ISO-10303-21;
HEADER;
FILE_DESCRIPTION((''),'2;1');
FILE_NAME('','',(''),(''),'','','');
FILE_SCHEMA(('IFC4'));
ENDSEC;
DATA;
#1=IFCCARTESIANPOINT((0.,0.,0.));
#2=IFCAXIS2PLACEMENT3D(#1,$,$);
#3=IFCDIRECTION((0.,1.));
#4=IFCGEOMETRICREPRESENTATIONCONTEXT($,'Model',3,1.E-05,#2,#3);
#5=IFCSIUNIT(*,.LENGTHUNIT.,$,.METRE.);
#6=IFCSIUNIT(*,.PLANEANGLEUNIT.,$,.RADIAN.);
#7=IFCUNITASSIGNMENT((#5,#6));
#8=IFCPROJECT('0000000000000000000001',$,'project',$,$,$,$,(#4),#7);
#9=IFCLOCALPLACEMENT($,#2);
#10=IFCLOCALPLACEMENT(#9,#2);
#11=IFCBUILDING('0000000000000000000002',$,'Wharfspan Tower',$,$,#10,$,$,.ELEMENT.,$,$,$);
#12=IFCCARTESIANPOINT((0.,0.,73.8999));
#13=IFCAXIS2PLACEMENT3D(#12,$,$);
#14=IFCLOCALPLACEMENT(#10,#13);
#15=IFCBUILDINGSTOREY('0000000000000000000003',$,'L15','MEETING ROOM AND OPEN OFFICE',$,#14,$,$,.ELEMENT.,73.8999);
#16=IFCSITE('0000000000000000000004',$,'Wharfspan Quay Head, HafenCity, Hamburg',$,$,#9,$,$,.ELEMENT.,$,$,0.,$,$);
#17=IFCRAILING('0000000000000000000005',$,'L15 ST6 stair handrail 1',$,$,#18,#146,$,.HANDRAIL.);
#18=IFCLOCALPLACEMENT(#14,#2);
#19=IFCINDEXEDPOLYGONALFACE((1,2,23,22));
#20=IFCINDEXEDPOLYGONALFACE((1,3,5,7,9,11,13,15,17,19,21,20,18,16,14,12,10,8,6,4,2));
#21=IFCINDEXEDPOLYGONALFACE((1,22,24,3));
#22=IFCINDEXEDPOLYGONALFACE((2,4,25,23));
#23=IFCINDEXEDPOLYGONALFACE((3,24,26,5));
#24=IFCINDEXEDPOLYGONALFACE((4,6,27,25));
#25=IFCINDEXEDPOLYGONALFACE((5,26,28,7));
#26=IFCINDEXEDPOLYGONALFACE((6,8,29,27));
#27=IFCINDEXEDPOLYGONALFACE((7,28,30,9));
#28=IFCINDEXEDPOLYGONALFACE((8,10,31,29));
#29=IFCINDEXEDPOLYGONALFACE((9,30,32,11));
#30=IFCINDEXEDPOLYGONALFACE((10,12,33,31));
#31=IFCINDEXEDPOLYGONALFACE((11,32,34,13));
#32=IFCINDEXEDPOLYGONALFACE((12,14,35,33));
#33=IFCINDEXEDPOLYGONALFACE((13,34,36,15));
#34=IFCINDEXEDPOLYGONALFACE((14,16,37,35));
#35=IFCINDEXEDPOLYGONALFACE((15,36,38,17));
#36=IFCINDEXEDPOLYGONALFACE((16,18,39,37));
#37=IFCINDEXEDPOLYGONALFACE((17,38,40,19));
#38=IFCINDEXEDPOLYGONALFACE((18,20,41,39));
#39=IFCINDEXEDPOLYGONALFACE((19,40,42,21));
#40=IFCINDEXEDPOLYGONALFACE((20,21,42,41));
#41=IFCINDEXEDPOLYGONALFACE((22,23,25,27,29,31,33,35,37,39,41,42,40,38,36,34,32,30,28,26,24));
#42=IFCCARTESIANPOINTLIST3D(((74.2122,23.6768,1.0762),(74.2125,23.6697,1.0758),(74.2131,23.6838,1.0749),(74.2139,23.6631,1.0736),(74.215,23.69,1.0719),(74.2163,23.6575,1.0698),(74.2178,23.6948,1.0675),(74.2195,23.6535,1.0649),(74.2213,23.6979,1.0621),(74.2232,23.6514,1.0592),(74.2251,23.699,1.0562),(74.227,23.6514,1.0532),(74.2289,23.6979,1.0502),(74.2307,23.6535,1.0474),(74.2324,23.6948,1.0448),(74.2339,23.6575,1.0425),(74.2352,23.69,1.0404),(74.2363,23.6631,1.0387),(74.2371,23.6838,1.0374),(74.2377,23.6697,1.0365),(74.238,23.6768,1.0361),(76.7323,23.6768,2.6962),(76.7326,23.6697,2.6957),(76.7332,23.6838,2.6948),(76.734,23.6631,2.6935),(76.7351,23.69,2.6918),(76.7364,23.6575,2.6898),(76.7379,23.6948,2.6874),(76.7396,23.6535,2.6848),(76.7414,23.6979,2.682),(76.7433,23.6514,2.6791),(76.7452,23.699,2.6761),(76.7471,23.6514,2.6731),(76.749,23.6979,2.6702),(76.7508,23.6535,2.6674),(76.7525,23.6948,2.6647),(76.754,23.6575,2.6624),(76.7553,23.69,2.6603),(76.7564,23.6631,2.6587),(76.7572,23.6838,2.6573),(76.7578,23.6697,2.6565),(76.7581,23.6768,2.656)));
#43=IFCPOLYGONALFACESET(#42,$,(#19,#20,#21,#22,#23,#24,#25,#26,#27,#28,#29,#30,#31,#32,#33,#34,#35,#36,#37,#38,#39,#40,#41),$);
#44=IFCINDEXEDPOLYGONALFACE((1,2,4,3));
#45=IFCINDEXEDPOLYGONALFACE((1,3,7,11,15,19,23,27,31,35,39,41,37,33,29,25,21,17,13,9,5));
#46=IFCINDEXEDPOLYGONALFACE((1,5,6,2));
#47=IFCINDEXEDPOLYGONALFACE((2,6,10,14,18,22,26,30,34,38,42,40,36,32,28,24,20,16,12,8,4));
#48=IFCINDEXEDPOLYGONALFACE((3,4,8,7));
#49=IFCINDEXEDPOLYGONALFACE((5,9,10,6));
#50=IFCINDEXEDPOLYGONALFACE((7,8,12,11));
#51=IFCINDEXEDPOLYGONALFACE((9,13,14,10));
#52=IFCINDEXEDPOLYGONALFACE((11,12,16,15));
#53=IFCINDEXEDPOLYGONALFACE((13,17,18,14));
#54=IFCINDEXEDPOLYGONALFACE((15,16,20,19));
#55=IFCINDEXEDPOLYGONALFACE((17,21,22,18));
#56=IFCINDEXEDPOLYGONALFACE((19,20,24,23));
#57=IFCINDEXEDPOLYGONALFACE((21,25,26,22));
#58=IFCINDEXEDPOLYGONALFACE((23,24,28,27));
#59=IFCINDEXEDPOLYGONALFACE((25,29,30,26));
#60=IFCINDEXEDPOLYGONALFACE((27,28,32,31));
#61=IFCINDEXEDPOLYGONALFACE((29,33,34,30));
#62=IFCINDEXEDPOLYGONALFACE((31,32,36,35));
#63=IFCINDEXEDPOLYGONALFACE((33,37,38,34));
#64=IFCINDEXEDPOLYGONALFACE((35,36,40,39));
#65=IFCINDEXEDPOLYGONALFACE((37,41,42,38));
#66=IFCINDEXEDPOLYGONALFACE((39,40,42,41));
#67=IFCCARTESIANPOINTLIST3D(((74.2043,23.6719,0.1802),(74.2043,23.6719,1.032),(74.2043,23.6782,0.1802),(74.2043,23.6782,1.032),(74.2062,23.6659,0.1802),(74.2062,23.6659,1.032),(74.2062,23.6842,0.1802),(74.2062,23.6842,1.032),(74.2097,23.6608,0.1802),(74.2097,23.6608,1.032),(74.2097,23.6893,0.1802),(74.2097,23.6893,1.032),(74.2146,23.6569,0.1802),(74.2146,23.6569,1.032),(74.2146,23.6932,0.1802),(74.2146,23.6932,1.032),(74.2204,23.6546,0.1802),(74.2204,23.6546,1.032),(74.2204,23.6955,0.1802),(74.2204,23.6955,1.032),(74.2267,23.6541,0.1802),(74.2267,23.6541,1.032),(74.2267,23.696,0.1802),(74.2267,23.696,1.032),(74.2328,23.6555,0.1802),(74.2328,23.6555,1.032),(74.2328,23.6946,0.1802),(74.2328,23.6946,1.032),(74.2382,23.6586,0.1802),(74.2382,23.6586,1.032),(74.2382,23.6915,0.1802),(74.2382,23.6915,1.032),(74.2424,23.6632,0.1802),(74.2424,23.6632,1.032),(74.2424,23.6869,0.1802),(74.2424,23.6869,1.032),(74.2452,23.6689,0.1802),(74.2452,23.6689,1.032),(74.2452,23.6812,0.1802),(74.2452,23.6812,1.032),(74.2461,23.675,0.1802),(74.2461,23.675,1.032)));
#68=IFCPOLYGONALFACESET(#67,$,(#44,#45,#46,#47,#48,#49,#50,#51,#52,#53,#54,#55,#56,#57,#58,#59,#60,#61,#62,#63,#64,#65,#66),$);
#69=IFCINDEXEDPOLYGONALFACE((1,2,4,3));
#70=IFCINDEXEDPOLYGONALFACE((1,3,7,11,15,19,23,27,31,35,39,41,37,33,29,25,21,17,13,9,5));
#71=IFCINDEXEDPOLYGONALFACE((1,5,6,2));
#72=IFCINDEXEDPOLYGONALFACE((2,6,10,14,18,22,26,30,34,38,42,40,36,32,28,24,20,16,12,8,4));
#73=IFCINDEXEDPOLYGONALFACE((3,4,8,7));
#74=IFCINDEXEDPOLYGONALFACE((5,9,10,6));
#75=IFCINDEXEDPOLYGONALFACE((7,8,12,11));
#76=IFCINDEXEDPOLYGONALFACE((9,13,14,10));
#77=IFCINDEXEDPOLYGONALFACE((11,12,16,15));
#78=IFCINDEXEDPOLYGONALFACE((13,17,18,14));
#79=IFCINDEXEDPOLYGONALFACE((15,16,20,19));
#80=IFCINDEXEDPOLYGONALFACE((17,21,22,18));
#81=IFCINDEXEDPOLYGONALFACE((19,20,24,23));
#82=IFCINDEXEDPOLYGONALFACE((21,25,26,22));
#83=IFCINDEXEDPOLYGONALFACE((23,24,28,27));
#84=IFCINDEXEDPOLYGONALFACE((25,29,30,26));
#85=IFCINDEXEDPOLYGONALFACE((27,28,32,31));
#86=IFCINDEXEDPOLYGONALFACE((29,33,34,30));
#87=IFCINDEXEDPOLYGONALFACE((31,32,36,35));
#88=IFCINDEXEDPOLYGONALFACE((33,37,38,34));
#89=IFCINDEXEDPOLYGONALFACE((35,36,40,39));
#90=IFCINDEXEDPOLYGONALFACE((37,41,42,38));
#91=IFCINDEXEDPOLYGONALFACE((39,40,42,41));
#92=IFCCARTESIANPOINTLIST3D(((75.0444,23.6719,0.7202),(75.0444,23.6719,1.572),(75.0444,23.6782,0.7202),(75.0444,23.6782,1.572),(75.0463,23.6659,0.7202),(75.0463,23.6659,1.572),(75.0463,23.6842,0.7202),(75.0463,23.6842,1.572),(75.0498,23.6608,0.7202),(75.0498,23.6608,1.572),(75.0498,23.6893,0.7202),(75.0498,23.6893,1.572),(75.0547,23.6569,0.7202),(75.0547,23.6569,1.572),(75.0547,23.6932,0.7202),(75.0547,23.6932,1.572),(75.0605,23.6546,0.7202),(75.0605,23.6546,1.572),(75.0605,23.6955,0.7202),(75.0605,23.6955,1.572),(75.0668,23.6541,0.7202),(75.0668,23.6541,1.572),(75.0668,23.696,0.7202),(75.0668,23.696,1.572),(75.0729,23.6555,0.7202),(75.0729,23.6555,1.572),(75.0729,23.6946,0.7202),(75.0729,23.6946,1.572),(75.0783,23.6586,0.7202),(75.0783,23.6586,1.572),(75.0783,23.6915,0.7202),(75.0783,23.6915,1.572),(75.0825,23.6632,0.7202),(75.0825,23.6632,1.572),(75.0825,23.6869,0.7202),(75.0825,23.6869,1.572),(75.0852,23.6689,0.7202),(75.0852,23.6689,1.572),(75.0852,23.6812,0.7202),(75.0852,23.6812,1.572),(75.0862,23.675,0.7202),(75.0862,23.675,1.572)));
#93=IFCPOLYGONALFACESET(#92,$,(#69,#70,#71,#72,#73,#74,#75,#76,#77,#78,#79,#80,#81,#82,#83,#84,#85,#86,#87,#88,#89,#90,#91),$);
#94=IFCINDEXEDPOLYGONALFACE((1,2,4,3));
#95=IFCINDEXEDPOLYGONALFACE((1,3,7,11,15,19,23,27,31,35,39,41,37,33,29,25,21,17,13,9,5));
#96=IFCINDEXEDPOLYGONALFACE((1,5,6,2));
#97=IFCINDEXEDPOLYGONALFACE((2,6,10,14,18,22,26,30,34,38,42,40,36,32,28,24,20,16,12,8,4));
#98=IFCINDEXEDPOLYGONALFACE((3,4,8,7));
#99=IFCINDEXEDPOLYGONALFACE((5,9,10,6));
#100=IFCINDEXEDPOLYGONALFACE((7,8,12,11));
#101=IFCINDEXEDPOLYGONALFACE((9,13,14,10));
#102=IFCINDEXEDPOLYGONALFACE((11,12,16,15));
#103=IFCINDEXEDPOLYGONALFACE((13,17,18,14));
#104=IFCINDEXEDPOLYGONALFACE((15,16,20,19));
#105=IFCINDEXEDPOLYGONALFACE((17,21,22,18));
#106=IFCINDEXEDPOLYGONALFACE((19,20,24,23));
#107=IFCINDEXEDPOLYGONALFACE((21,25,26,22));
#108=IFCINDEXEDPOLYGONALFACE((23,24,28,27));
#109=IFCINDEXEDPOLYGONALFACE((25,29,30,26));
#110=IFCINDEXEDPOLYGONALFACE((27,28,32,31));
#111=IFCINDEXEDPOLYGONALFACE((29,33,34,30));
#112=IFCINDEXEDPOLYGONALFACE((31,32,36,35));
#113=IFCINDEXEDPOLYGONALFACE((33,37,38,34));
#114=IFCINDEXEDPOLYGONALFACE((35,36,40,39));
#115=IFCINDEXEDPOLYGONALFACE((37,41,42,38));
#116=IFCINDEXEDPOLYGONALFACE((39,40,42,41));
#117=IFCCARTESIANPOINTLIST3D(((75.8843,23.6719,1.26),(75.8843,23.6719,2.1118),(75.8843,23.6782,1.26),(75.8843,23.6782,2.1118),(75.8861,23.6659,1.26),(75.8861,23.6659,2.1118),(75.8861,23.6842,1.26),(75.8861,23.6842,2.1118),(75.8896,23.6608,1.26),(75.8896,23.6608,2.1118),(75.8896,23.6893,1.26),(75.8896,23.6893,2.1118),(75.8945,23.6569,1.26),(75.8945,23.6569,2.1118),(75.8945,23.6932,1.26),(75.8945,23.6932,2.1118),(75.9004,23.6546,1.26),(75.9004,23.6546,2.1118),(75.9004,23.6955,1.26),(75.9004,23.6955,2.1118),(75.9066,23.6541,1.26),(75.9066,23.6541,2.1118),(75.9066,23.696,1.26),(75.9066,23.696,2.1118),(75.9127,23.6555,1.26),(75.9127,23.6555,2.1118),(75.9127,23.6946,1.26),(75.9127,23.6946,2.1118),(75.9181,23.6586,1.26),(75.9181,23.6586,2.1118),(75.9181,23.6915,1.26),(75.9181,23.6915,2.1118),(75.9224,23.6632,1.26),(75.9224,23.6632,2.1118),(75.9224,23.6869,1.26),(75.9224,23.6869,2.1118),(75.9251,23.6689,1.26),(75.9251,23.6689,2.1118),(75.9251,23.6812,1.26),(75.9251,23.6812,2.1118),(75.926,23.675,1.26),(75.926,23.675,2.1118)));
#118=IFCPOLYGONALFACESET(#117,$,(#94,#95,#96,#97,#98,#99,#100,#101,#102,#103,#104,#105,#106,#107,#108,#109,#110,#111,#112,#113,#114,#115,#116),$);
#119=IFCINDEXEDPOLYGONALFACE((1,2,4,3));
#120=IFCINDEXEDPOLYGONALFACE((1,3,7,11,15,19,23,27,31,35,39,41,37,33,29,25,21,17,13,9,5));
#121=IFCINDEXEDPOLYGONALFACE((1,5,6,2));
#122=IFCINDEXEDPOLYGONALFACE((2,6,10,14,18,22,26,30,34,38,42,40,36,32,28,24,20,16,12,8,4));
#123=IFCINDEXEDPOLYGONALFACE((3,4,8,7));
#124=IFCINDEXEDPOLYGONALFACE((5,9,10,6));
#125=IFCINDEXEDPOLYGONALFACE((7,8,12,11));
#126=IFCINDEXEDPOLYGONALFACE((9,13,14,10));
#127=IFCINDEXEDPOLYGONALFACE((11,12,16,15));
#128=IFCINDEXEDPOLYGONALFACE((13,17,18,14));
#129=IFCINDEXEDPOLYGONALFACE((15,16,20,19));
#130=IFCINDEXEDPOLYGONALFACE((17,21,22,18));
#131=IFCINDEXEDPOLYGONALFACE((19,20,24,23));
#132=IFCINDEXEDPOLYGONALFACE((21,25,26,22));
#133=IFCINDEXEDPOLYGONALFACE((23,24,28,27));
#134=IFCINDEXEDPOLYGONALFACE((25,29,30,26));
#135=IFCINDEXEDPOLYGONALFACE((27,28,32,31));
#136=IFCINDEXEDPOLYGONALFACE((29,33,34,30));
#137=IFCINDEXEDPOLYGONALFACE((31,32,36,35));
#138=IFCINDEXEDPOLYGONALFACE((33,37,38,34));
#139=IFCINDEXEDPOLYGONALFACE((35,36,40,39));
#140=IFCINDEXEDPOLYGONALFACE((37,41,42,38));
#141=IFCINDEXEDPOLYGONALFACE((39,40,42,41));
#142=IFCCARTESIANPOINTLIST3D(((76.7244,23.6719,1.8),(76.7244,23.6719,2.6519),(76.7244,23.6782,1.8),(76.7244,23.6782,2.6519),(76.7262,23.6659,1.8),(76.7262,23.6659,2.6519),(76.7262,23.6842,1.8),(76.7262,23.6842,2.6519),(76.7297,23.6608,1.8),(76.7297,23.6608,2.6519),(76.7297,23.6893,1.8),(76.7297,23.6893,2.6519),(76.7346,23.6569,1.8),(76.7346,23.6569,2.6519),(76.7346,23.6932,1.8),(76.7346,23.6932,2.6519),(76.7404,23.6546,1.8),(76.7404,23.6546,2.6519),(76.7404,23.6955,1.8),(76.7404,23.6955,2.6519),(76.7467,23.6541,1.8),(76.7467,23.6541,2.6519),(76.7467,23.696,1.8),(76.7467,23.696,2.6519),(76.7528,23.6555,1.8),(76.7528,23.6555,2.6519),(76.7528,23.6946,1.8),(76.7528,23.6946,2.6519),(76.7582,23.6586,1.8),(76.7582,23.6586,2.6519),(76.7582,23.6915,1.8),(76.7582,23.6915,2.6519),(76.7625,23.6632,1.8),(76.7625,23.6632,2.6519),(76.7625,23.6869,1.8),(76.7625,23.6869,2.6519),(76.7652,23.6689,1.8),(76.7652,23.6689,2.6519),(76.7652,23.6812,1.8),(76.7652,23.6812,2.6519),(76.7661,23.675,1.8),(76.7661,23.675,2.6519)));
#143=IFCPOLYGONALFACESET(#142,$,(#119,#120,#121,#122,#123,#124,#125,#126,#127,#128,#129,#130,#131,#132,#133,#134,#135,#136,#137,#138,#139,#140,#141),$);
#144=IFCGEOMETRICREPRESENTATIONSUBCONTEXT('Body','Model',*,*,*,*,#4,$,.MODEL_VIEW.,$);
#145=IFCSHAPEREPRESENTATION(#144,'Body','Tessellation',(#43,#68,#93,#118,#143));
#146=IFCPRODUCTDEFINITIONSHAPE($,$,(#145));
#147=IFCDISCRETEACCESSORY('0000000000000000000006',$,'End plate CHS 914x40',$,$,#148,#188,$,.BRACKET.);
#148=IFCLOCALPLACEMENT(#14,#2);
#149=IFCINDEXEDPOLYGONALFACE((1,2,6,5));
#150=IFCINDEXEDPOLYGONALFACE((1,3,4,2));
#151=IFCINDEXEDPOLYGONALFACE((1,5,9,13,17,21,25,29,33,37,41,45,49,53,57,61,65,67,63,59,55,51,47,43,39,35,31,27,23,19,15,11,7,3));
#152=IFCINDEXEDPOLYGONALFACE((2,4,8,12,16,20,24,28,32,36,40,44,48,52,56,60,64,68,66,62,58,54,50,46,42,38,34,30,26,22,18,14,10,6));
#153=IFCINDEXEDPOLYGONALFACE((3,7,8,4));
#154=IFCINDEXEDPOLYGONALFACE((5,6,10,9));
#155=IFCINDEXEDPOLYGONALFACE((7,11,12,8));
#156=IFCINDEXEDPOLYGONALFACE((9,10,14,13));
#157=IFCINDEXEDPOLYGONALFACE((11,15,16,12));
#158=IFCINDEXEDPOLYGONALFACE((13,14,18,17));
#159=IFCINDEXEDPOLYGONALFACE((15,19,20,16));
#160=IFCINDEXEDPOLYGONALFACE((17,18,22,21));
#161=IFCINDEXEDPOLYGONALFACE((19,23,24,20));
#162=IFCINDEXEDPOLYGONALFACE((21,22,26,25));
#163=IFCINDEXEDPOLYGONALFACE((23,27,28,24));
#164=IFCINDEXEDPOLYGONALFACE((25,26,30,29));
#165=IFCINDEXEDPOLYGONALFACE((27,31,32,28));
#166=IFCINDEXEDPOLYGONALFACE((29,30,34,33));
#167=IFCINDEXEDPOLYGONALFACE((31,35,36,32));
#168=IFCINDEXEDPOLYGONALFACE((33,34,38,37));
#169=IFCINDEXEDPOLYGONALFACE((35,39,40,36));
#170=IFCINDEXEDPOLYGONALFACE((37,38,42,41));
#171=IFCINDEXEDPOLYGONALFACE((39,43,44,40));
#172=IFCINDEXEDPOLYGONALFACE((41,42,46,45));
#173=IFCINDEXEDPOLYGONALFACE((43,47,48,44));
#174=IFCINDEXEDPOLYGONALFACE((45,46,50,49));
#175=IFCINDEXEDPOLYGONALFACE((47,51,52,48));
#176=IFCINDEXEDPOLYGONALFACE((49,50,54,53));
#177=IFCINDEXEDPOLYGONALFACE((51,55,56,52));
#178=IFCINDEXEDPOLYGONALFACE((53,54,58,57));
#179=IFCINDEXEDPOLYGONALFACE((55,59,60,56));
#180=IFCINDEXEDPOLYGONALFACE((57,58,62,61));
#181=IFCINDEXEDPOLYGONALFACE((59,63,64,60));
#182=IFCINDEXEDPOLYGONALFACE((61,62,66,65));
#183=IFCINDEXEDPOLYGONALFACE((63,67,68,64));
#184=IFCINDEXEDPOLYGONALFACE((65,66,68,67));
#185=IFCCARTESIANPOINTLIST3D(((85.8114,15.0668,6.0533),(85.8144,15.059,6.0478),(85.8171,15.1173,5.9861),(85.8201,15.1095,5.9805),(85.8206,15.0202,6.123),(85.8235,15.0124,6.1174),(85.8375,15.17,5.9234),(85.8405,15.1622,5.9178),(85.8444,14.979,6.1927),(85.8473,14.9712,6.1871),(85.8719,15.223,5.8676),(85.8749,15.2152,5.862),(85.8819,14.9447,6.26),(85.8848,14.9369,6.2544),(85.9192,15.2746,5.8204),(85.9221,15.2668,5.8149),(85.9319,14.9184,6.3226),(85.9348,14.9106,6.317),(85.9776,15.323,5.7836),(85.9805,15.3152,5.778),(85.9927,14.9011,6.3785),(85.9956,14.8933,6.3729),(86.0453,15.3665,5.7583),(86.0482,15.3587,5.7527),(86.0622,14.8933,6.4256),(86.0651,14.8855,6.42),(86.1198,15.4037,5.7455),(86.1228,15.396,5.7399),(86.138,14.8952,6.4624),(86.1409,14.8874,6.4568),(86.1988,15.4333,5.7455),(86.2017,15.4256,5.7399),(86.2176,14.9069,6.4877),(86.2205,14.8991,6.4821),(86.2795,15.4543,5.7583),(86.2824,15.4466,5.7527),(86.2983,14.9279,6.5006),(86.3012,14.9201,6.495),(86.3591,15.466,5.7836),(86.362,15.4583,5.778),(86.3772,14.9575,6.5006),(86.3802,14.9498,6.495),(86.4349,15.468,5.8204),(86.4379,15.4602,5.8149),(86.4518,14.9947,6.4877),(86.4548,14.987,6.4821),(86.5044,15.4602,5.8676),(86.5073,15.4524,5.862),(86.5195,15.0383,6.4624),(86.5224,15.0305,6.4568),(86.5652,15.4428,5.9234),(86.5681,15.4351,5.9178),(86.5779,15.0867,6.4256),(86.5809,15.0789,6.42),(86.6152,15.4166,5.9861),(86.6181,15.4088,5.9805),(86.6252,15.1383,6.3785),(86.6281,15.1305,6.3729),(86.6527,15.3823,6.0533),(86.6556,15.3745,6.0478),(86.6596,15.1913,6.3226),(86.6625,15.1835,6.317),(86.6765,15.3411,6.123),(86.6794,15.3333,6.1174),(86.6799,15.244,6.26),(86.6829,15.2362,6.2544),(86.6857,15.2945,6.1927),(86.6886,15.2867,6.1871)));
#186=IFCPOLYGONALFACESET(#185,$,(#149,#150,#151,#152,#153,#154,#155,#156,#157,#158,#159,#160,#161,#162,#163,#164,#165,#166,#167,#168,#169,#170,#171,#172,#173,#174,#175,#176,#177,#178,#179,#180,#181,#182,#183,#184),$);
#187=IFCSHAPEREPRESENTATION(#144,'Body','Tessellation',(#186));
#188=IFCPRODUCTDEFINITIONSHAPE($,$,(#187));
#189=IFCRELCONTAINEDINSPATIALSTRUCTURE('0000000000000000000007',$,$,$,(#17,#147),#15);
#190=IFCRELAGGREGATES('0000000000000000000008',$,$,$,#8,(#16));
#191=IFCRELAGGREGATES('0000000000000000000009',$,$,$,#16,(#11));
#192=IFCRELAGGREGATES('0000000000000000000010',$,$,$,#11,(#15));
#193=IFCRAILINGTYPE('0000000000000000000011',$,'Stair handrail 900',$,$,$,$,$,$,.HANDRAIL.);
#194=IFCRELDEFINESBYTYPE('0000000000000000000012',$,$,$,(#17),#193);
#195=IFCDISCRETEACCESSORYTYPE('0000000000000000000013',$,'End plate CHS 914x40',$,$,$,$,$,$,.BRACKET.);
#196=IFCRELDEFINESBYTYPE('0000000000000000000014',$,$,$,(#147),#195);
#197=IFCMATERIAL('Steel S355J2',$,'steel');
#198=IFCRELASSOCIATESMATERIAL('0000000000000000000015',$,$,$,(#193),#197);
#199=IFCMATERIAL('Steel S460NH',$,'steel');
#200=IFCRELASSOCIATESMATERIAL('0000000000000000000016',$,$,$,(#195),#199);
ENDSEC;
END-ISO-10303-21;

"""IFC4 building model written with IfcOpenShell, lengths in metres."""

from ifc_helpers import new_model, si_unit, direction, frame, origin, origin_2d, place, context, subcontext, project, spatial, circle, extrude, material, material_profile, profile_set, type_object, element, save


model = new_model("IFC4")

# Units and contexts
model_context = context("Model", 3, precision=1e-05, world=origin(), true_north=direction((0.0, 1.0)))
body_context = subcontext(model_context, "Body", "Model", "MODEL_VIEW")
ifc_project = project(units=[si_unit("LENGTHUNIT", "METRE"), si_unit("PLANEANGLEUNIT", "RADIAN")], contexts=[model_context])

# Site, building, storey
site_placement = place(None, origin())
site = spatial("IfcSite", under=ifc_project, at=site_placement, Name="Wharfspan Quay Head, HafenCity, Hamburg", CompositionType="ELEMENT", RefElevation=0.0)
building_placement = place(site_placement, origin())
building = spatial("IfcBuilding", under=site, at=building_placement, Name="Wharfspan Tower", CompositionType="ELEMENT")
storey_placement = place(building_placement, frame((0.0, 0.0, 73.8999)))
storey = spatial("IfcBuildingStorey", under=building, at=storey_placement, Name="L15", Description="MEETING ROOM AND OPEN OFFICE", CompositionType="ELEMENT", Elevation=73.8999)

# Shared definitions
ifc_material_1 = material(Name="Steel S355J2", Category="steel")

# Shared definitions
ifc_material_2 = material(Name="Steel S460NH", Category="steel")

# Railing
railing_type_1 = type_object("IfcRailingType", Name="Stair handrail 900", PredefinedType="HANDRAIL", material=ifc_material_1)
railing_1_placement = place(storey_placement, frame((74.2251, 23.675, 0.1802)))
element("IfcRailing", 1, at=railing_1_placement, inside=storey, type_object=railing_type_1, Name="L15 ST6 stair handrail 1", PredefinedType="HANDRAIL", context=body_context, shape_type="SweptSolid", body=[
    extrude(circle(Radius=0.0239, at=origin_2d()), frame((0.0, 0.0, 0.876), z_axis=(0.8412, 0.0, 0.540725), x_axis=(0.0, 1.0, 0.0)), (0.0, 0.0, 1.0), 2.9958),
    extrude(circle(Radius=0.021, at=origin_2d()), origin(), (0.0, 0.0, 1.0), 0.8518),
    extrude(circle(Radius=0.021, at=origin_2d()), frame((0.8401, 0.0, 0.54)), (0.0, 0.0, 1.0), 0.8518),
    extrude(circle(Radius=0.021, at=origin_2d()), frame((1.6799, 0.0, 1.0798)), (0.0, 0.0, 1.0), 0.8518),
    extrude(circle(Radius=0.021, at=origin_2d()), frame((2.52, 0.0, 1.6199)), (0.0, 0.0, 1.0), 0.8518),
])

# Discrete accessory
ifc_material_profile_1 = material_profile(ifc_material_2, circle(Radius=0.457, at=origin_2d()))
ifc_profile_set_1 = profile_set([ifc_material_profile_1], Name="Steel S460NH")
discrete_accessory_type = type_object("IfcDiscreteAccessoryType", Name="End plate CHS 914x40", PredefinedType="BRACKET", material=ifc_profile_set_1)
for number, where, z_axis, x_axis, name in (
    (2, (86.2515, 15.1729, 6.1174), (-0.2913, 0.7768, 0.558325), (-0.936328, -0.351123, 0.0), "End plate CHS 914x40"),
):
    element("IfcDiscreteAccessory", number, at=place(storey_placement, frame(where, z_axis=z_axis, x_axis=x_axis)), inside=storey, type_object=discrete_accessory_type, Name=name, PredefinedType="BRACKET", context=body_context, shape_type="SweptSolid", body=[
        extrude(circle(Radius=0.457, at=origin_2d()), origin(), (0.0, 0.0, 1.0), 0.01),
    ])

save(model, "model.ifc")
